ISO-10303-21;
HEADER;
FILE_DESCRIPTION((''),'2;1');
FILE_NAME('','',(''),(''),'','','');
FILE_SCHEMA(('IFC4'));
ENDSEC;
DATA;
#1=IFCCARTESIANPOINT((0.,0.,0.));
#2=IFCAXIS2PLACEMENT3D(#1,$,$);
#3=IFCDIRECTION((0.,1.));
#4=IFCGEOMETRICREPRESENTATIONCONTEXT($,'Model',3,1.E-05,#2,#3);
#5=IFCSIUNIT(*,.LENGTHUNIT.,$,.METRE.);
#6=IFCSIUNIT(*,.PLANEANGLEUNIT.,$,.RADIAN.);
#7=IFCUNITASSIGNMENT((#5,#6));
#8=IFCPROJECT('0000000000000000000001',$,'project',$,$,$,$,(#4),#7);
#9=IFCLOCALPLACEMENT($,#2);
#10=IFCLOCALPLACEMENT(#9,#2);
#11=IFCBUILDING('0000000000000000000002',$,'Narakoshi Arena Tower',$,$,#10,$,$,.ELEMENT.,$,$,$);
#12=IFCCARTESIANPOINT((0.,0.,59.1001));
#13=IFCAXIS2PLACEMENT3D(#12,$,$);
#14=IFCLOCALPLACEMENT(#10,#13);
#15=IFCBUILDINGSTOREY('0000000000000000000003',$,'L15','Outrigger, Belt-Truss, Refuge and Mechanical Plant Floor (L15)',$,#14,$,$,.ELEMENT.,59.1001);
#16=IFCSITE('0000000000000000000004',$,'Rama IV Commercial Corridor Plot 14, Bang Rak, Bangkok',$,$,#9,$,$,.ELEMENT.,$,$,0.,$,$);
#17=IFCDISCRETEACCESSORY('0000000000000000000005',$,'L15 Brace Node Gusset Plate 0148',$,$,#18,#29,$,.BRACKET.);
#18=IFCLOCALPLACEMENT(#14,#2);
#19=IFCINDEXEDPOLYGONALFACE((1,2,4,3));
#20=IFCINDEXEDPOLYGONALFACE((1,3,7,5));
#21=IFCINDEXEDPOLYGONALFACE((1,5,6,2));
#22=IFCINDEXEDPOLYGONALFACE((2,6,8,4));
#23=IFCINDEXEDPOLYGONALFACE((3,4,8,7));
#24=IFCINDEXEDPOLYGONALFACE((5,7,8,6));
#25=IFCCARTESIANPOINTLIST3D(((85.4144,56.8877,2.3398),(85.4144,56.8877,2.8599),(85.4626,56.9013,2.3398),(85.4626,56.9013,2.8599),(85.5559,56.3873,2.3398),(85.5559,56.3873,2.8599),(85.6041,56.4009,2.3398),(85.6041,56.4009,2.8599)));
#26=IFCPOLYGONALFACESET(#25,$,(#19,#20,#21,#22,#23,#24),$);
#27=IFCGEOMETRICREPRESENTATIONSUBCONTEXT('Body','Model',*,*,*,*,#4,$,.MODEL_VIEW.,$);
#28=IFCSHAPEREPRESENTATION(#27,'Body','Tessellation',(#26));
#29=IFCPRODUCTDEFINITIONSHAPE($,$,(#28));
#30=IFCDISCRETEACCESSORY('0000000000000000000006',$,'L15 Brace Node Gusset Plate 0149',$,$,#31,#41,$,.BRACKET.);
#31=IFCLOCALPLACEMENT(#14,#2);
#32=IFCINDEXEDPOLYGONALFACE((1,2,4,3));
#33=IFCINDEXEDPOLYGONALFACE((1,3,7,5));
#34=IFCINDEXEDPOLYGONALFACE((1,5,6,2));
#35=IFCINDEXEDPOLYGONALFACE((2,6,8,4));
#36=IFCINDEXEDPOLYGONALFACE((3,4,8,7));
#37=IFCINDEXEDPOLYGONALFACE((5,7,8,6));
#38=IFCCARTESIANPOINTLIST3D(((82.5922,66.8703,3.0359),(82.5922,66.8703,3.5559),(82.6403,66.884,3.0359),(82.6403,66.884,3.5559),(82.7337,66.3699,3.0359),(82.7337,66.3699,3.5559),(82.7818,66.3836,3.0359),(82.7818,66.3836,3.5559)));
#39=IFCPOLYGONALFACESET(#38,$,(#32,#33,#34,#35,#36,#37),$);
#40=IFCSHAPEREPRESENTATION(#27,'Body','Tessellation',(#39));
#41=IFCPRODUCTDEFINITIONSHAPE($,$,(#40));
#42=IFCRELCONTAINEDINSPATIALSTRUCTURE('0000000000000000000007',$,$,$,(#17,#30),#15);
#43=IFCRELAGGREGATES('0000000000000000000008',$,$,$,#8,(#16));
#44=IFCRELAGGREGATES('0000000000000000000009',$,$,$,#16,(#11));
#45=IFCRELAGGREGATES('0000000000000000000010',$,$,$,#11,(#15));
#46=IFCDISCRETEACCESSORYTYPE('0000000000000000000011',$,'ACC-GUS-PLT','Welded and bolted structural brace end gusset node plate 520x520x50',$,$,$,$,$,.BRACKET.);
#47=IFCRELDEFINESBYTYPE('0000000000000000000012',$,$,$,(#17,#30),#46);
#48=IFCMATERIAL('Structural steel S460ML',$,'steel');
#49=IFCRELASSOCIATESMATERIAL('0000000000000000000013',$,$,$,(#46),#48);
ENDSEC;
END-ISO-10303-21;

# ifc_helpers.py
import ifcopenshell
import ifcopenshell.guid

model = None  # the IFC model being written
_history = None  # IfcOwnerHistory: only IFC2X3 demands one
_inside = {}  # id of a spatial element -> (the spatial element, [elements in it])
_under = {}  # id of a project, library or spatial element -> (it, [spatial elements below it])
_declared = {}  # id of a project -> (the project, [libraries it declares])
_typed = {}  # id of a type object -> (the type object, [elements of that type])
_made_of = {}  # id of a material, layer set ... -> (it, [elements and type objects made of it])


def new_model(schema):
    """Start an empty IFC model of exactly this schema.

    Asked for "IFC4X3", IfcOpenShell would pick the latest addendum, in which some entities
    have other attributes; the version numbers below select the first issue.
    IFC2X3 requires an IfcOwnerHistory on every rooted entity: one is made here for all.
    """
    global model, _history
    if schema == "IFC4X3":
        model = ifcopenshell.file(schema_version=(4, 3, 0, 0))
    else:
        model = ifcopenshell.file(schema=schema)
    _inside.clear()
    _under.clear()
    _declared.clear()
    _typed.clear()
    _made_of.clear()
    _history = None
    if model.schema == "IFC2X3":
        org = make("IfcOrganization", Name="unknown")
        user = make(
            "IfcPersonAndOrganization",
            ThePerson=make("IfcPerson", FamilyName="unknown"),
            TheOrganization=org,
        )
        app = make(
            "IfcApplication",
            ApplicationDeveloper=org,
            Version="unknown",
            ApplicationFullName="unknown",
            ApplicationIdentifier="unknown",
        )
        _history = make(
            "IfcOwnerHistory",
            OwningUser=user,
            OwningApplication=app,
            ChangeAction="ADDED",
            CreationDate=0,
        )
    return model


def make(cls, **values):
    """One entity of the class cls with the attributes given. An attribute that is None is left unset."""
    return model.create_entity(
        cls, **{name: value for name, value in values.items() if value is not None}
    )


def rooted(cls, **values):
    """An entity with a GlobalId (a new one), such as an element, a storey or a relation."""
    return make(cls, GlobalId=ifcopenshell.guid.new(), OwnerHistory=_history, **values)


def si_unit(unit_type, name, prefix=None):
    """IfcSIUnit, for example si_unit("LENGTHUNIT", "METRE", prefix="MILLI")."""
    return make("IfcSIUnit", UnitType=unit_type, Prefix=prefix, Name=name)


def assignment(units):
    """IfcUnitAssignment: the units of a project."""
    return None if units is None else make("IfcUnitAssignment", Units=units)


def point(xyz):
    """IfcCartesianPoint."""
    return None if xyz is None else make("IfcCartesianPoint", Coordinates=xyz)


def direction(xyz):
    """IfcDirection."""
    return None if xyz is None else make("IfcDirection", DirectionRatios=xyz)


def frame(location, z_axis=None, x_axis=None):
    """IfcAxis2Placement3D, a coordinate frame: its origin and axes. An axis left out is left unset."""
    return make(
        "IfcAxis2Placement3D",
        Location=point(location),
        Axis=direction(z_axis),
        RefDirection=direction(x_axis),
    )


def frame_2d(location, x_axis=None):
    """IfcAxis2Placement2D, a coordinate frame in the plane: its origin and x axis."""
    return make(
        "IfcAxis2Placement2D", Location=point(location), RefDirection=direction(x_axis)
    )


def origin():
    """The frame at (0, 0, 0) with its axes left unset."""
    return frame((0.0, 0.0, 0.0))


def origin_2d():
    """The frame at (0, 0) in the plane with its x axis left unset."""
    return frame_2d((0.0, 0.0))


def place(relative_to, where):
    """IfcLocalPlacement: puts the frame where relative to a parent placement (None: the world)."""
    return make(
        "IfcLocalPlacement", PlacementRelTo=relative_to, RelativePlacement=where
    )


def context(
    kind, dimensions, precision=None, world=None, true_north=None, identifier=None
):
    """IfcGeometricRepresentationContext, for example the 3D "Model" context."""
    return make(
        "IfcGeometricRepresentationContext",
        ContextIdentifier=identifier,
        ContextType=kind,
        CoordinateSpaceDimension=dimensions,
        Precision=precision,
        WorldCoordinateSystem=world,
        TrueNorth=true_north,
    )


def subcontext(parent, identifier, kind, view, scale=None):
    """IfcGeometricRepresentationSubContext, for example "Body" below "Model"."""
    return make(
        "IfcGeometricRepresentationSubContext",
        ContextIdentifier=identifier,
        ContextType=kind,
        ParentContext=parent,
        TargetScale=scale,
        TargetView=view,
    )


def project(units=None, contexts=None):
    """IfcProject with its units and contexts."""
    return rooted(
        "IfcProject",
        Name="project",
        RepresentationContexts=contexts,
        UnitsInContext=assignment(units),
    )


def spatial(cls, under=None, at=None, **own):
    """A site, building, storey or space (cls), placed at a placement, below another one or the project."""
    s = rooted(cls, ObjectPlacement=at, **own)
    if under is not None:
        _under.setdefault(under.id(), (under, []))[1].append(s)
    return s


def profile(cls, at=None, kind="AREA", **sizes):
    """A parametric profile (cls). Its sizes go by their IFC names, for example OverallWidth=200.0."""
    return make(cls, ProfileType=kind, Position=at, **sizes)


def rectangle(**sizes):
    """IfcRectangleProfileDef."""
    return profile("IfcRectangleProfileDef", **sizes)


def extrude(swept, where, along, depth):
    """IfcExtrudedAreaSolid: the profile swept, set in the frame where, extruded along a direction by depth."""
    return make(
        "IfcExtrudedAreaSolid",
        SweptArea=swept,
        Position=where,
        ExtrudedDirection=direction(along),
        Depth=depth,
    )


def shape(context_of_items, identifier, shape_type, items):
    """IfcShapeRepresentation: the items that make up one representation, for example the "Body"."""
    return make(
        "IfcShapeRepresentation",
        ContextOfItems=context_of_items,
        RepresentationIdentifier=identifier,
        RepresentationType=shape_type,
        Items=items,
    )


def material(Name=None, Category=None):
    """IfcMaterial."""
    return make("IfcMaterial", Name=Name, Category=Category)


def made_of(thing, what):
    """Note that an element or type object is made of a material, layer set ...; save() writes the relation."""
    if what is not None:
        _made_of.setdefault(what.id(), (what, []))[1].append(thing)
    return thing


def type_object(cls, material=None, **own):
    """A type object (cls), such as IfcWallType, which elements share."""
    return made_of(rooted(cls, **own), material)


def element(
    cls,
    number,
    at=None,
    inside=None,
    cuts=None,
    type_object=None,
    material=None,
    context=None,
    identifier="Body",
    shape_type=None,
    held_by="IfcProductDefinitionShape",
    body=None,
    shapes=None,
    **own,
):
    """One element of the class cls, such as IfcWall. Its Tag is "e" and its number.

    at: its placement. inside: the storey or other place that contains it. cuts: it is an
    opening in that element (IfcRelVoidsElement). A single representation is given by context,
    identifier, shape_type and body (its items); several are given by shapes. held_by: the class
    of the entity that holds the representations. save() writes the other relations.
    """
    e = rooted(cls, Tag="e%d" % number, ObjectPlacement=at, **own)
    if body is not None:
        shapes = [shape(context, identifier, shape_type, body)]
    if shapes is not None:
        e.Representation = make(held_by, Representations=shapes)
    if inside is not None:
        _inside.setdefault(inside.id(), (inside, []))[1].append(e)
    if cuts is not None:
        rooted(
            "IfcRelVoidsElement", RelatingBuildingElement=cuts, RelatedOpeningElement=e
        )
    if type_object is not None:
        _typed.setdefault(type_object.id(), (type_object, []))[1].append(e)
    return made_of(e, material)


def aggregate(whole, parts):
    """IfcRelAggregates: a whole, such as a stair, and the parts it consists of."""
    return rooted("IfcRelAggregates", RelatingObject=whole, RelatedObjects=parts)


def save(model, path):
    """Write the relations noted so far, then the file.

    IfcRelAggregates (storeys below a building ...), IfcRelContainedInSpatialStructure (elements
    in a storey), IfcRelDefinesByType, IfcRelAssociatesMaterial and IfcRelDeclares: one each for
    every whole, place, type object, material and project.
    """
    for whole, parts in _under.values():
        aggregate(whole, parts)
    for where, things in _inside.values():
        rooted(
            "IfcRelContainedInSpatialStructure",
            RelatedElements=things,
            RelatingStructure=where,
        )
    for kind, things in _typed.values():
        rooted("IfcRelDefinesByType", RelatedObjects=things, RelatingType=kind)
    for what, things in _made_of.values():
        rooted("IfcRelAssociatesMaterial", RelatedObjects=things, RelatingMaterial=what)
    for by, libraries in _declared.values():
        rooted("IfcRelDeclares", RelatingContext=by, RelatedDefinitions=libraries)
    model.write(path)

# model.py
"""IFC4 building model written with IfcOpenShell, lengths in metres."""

from ifc_helpers import new_model, si_unit, direction, frame, origin, origin_2d, place, context, subcontext, project, spatial, rectangle, extrude, material, type_object, element, save


model = new_model("IFC4")

# Units and contexts
model_context = context("Model", 3, precision=1e-05, world=origin(), true_north=direction((0.0, 1.0)))
body_context = subcontext(model_context, "Body", "Model", "MODEL_VIEW")
ifc_project = project(units=[si_unit("LENGTHUNIT", "METRE"), si_unit("PLANEANGLEUNIT", "RADIAN")], contexts=[model_context])

# Site, building, storey
site_placement = place(None, origin())
site = spatial("IfcSite", under=ifc_project, at=site_placement, Name="Rama IV Commercial Corridor Plot 14, Bang Rak, Bangkok", CompositionType="ELEMENT", RefElevation=0.0)
building_placement = place(site_placement, origin())
building = spatial("IfcBuilding", under=site, at=building_placement, Name="Narakoshi Arena Tower", CompositionType="ELEMENT")
storey_placement = place(building_placement, frame((0.0, 0.0, 59.1001)))
storey = spatial("IfcBuildingStorey", under=building, at=storey_placement, Name="L15", Description="Outrigger, Belt-Truss, Refuge and Mechanical Plant Floor (L15)", CompositionType="ELEMENT", Elevation=59.1001)

# Shared definitions
ifc_material_1 = material(Name="Structural steel S460ML", Category="steel")

# Discrete accessories
discrete_accessory_type = type_object("IfcDiscreteAccessoryType", Name="ACC-GUS-PLT", Description="Welded and bolted structural brace end gusset node plate 520x520x50", PredefinedType="BRACKET", material=ifc_material_1)
for number, where, z_axis, x_axis, name in (
    (1, (85.5093, 56.6443, 2.3398), (0.0, 0.0, 1.0), (-0.272112, 0.962266, 0.0), "L15 Brace Node Gusset Plate 0148"),
    (2, (82.687, 66.627, 3.0359), (0.0, 0.0, 1.0), (-0.272112, 0.962266, 0.0), "L15 Brace Node Gusset Plate 0149"),
):
    element("IfcDiscreteAccessory", number, at=place(storey_placement, frame(where, z_axis=z_axis, x_axis=x_axis)), inside=storey, type_object=discrete_accessory_type, Name=name, PredefinedType="BRACKET", context=body_context, shape_type="SweptSolid", body=[
        extrude(rectangle(XDim=0.52, YDim=0.05, at=origin_2d()), origin(), (0.0, 0.0, 1.0), 0.52),
    ])

save(model, "model.ifc")
